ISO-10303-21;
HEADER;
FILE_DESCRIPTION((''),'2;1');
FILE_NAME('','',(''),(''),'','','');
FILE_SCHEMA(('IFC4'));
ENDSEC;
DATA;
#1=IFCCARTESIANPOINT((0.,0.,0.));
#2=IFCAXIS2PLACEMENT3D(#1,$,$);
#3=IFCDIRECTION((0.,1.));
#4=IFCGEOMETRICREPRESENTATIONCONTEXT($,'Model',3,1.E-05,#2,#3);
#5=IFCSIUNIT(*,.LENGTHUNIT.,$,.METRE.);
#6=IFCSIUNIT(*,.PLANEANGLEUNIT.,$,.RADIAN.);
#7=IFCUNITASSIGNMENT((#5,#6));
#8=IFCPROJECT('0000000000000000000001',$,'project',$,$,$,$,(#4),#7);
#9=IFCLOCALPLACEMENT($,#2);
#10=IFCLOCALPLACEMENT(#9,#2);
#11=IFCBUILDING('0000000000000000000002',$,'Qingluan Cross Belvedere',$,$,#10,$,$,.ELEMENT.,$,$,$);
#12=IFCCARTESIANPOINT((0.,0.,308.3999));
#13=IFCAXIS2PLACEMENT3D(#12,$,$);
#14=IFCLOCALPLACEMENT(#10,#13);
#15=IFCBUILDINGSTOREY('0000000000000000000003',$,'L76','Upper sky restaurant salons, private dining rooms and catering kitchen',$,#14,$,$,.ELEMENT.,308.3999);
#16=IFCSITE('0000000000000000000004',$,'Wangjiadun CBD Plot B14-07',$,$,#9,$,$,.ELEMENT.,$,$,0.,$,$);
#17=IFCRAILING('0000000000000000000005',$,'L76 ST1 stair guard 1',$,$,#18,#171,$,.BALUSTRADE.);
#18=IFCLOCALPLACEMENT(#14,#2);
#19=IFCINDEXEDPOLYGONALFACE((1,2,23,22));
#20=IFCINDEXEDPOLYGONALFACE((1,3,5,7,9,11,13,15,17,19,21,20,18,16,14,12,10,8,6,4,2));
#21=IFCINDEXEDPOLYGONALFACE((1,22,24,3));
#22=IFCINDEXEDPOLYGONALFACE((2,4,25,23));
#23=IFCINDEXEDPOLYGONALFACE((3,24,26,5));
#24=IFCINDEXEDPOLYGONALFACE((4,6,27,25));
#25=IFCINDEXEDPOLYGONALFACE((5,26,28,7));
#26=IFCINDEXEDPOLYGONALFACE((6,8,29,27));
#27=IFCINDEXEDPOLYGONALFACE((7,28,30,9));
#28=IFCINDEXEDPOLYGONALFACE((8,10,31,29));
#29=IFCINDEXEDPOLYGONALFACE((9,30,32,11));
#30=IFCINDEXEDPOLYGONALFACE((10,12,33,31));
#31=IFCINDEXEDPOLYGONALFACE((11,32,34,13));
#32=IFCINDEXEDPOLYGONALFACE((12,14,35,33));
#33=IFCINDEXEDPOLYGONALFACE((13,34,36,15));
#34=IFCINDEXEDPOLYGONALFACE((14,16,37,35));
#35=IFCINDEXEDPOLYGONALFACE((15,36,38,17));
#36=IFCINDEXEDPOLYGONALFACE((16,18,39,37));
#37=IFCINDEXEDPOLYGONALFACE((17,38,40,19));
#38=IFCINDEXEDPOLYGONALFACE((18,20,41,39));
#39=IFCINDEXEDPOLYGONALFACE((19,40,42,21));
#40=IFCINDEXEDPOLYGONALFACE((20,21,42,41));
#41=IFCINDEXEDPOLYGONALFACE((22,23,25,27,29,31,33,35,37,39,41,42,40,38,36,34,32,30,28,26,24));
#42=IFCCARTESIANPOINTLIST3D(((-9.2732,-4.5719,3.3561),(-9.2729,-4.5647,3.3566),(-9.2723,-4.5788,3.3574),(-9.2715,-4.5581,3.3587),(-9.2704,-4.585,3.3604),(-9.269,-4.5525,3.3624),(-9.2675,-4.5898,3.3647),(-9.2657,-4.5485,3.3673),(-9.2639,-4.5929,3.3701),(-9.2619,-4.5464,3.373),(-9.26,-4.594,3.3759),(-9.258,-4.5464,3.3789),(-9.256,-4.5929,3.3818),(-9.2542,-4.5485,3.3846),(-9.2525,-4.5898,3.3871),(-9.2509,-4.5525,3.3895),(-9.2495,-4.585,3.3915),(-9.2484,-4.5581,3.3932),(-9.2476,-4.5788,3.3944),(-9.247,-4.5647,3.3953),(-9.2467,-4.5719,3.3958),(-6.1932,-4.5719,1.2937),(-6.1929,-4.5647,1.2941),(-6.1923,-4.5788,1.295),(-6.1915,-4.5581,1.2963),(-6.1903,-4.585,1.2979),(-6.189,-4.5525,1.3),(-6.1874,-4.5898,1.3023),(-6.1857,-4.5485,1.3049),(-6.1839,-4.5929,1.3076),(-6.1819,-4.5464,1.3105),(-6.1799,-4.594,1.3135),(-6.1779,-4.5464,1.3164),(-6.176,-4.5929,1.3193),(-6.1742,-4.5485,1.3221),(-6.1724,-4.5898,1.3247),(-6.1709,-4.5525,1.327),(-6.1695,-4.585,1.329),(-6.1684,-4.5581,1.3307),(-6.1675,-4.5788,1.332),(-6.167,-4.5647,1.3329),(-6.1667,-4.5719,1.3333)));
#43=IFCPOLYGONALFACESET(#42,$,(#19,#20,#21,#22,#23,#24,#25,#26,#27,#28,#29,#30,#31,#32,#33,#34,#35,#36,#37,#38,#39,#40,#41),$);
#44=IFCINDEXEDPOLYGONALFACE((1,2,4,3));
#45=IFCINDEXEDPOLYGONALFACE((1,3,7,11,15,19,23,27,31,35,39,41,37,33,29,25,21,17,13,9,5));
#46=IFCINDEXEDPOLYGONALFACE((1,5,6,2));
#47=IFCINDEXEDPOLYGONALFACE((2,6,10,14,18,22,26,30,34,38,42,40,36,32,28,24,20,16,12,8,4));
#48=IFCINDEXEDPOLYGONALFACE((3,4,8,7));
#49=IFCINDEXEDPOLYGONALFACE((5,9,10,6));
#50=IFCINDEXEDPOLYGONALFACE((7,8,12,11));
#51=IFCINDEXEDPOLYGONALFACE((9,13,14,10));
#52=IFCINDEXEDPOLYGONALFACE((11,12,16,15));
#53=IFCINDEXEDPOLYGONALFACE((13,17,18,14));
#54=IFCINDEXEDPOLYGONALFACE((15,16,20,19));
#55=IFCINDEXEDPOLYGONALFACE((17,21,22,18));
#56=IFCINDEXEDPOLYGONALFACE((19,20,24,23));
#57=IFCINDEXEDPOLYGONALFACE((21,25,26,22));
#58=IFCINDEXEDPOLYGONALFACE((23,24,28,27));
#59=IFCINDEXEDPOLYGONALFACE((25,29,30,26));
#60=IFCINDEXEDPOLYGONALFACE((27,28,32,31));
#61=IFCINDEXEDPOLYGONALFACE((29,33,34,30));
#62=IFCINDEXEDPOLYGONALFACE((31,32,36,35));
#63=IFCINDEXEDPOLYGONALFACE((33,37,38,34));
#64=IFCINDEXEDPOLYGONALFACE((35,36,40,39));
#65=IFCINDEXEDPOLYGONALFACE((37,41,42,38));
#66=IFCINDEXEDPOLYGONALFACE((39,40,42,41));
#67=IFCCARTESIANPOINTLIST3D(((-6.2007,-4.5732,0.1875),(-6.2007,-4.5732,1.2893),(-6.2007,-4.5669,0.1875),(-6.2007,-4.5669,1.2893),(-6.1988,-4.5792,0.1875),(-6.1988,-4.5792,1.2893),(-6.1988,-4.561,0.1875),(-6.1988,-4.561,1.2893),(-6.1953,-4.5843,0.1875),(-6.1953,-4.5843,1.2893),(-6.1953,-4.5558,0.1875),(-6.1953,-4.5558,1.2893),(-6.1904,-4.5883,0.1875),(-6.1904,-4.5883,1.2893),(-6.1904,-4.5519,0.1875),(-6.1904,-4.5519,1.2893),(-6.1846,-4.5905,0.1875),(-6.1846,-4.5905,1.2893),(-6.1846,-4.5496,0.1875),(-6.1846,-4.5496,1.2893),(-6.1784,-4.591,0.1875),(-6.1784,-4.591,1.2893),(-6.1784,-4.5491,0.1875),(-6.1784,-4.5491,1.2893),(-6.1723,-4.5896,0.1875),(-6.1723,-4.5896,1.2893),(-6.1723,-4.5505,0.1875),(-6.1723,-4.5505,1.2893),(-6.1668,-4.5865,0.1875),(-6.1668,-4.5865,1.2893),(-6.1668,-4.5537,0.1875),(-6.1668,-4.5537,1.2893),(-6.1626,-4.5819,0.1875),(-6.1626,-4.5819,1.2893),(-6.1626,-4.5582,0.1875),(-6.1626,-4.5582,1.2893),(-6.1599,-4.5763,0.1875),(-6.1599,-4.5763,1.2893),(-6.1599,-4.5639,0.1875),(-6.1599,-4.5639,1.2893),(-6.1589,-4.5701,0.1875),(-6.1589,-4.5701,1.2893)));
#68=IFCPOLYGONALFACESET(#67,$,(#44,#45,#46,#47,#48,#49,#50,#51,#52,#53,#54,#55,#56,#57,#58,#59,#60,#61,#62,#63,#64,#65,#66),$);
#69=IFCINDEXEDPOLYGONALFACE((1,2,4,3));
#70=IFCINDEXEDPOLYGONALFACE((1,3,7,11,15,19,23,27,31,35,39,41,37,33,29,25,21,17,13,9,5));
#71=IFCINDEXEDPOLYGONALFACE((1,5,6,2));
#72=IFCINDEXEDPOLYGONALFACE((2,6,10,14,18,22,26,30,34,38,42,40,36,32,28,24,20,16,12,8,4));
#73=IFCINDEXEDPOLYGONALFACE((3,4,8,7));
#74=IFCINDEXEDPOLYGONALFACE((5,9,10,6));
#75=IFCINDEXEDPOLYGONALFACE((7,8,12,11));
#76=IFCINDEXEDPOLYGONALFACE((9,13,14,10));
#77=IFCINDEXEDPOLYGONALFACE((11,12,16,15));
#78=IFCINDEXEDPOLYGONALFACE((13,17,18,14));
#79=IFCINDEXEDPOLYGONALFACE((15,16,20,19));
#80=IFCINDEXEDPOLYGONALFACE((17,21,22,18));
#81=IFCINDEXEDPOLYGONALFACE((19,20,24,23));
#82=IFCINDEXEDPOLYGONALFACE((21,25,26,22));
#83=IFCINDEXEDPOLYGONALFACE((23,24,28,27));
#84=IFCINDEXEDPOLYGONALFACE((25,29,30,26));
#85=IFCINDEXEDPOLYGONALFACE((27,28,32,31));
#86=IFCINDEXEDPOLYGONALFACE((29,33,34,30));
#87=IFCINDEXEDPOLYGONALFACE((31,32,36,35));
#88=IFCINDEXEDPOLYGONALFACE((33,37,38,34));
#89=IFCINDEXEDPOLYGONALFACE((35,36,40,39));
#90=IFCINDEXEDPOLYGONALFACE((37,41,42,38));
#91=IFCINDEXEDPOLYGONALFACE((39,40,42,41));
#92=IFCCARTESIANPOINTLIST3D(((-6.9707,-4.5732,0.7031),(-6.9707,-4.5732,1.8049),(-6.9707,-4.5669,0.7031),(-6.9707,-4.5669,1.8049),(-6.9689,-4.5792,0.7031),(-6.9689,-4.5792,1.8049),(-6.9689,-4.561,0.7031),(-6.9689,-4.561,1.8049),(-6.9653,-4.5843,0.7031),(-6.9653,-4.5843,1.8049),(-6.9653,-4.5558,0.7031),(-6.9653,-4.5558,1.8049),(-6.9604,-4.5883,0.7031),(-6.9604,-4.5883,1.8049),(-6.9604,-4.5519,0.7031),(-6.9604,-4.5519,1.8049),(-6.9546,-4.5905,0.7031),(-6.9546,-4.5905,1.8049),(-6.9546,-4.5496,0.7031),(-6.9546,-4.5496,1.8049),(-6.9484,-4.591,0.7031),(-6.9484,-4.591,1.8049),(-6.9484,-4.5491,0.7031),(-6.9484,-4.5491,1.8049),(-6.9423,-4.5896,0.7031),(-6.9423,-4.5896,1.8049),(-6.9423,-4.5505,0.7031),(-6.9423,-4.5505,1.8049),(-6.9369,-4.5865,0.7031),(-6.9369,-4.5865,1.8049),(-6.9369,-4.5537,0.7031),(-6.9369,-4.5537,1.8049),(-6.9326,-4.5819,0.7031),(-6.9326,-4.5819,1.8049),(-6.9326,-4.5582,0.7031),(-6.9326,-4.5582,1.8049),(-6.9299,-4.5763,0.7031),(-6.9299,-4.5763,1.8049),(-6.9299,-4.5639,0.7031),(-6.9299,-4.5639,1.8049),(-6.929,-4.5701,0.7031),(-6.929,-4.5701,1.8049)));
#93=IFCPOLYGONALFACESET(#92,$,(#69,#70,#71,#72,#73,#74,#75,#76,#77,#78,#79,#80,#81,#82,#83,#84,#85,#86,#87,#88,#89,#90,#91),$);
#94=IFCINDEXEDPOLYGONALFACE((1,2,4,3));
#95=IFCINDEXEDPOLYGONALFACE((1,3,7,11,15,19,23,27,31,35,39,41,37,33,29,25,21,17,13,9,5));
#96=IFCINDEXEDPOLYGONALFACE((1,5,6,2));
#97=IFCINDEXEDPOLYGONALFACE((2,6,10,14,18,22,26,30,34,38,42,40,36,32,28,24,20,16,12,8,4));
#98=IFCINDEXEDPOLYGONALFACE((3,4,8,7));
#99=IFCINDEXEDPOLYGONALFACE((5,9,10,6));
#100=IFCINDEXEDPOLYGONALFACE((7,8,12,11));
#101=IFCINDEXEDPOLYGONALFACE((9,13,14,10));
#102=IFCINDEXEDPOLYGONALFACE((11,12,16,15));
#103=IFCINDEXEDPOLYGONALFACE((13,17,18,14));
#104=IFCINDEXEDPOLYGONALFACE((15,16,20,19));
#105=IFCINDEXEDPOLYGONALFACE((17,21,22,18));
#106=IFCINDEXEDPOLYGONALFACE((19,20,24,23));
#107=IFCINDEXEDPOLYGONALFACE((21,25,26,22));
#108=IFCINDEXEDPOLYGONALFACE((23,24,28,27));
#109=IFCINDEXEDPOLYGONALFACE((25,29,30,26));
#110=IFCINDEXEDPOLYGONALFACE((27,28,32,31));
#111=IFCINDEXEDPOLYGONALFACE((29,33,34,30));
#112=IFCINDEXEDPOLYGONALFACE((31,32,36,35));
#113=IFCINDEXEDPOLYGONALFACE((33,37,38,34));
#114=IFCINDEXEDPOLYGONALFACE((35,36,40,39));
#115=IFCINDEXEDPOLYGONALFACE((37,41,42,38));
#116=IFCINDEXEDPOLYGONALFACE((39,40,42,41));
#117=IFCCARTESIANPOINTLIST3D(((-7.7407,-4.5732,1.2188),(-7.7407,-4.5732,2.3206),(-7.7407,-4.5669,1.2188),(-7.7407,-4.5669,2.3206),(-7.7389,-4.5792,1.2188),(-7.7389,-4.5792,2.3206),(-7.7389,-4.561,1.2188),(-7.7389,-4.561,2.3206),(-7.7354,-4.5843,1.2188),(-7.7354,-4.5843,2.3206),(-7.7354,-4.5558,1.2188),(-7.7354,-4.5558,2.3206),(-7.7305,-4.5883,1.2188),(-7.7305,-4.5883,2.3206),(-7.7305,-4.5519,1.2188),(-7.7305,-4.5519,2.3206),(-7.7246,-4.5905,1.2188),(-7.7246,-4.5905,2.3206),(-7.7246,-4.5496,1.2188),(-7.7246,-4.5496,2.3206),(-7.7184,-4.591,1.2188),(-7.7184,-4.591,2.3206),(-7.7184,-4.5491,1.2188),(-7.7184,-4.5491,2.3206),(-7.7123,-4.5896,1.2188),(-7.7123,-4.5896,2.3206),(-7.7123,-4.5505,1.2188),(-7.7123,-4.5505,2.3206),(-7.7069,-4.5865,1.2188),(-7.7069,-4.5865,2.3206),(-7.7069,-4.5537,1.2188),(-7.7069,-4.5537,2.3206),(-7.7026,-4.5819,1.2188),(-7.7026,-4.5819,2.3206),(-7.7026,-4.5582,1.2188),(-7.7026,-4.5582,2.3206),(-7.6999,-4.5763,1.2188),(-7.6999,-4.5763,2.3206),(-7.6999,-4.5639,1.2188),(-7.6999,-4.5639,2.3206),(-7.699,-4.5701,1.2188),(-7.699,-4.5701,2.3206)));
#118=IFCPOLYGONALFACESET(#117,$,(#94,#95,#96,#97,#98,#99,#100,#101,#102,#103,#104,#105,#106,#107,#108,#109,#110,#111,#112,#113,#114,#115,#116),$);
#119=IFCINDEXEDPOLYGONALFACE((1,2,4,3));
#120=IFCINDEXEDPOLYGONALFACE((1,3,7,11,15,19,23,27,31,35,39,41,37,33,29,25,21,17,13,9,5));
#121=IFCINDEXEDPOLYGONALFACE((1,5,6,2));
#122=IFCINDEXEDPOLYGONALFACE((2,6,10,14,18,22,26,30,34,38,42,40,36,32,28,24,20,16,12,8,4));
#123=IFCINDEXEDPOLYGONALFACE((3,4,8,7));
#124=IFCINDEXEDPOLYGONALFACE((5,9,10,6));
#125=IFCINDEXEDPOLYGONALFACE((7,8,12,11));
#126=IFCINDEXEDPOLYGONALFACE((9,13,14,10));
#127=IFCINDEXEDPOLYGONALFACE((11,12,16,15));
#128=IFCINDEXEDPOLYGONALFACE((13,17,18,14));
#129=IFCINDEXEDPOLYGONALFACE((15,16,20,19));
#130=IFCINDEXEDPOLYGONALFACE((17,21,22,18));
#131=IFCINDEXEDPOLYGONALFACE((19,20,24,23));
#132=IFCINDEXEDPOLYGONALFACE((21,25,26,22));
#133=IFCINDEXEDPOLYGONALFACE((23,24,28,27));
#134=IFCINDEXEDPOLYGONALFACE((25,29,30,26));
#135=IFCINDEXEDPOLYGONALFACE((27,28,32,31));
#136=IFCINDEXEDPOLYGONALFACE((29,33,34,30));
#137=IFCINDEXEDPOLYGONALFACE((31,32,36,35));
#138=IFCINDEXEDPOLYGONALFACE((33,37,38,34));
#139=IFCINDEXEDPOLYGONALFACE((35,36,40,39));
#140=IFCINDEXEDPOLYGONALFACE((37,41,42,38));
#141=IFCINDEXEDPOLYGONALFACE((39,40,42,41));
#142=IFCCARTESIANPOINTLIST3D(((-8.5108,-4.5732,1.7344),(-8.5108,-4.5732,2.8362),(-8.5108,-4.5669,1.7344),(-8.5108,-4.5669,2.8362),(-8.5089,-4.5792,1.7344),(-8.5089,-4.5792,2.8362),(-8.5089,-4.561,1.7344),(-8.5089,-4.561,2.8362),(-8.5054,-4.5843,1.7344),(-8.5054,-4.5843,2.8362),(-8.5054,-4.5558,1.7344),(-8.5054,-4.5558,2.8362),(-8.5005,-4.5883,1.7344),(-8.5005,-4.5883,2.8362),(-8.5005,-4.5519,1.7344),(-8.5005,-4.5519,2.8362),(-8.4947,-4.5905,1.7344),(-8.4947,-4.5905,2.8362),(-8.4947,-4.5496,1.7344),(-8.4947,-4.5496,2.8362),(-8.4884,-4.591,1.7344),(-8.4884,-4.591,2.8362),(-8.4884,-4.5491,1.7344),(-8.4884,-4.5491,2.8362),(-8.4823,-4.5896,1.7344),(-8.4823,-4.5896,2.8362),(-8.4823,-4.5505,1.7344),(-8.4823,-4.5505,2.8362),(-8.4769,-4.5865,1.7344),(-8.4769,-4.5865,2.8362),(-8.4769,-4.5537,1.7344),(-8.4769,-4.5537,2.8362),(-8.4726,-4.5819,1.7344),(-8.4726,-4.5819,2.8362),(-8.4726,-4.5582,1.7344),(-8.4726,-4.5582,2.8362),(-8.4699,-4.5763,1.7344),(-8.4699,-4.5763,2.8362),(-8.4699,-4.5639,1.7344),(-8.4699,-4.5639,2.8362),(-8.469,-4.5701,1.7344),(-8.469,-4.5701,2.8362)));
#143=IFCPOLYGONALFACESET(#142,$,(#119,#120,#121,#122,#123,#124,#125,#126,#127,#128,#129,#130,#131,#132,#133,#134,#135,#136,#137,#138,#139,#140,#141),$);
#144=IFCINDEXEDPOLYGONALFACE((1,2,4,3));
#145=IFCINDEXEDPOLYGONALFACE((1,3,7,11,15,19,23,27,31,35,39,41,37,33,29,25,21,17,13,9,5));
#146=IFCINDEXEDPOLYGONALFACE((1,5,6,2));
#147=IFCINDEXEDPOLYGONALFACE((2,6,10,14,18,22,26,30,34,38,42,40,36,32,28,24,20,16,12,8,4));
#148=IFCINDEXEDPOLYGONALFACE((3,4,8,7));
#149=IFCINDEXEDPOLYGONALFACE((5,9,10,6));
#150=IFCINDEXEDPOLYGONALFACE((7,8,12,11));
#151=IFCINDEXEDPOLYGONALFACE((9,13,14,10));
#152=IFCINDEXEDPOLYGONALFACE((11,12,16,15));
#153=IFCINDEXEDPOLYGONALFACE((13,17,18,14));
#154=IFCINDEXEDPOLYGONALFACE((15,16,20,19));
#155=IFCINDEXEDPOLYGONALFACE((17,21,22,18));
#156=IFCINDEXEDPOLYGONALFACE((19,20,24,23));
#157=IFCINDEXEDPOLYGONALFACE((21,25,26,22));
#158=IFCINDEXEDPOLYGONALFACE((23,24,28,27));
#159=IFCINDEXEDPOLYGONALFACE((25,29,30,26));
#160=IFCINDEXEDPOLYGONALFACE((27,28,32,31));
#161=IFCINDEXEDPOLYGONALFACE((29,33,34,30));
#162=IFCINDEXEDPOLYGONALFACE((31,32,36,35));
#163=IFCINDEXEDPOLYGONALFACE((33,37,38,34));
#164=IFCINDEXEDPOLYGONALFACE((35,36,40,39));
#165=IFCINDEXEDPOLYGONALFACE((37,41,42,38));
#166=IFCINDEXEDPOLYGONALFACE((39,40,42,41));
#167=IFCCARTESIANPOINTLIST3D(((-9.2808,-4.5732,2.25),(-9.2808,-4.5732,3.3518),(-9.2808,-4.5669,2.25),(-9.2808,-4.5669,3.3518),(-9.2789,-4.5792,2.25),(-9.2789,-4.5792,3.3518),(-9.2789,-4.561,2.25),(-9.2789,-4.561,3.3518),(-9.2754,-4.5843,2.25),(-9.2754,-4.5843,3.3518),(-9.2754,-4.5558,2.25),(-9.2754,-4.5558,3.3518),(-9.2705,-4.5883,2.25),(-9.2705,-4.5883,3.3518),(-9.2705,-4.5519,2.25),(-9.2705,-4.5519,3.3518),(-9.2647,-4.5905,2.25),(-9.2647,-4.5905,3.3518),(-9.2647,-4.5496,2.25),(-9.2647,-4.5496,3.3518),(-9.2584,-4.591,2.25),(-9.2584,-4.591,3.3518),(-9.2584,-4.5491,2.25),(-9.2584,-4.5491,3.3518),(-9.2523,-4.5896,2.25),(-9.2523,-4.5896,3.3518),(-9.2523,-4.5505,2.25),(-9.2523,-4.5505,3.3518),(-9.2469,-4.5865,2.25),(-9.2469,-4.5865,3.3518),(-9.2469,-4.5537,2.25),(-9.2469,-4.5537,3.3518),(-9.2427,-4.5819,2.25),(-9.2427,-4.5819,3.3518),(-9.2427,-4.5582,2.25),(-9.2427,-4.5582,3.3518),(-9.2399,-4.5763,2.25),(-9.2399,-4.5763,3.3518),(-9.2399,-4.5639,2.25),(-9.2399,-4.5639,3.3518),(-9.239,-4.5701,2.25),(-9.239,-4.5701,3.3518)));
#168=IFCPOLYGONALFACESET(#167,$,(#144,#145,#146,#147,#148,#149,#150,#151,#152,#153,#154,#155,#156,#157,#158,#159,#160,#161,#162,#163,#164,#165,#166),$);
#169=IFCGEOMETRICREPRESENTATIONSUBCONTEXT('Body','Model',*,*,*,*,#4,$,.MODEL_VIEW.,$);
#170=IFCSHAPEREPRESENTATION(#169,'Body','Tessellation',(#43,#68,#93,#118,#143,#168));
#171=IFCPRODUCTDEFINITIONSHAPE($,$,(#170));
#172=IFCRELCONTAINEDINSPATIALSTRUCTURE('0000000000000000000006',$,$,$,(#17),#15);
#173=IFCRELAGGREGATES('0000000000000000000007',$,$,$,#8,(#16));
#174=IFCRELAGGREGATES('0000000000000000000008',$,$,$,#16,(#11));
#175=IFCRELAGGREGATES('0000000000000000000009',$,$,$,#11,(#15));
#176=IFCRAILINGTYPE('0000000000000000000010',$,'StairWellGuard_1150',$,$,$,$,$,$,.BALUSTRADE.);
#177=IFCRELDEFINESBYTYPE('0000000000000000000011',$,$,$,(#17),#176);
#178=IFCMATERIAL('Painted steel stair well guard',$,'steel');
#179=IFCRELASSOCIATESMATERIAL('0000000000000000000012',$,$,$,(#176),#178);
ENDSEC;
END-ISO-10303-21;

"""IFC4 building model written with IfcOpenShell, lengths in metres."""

from ifc_helpers import new_model, si_unit, direction, frame, origin, origin_2d, place, context, subcontext, project, spatial, circle, extrude, material, type_object, element, save


model = new_model("IFC4")

# Units and contexts
model_context = context("Model", 3, precision=1e-05, world=origin(), true_north=direction((0.0, 1.0)))
body_context = subcontext(model_context, "Body", "Model", "MODEL_VIEW")
ifc_project = project(units=[si_unit("LENGTHUNIT", "METRE"), si_unit("PLANEANGLEUNIT", "RADIAN")], contexts=[model_context])

# Site, building, storey
site_placement = place(None, origin())
site = spatial("IfcSite", under=ifc_project, at=site_placement, Name="Wangjiadun CBD Plot B14-07", CompositionType="ELEMENT", RefElevation=0.0)
building_placement = place(site_placement, origin())
building = spatial("IfcBuilding", under=site, at=building_placement, Name="Qingluan Cross Belvedere", CompositionType="ELEMENT")
storey_placement = place(building_placement, frame((0.0, 0.0, 308.3999)))
storey = spatial("IfcBuildingStorey", under=building, at=storey_placement, Name="L76", Description="Upper sky restaurant salons, private dining rooms and catering kitchen", CompositionType="ELEMENT", Elevation=308.3999)

# Railing
ifc_material_1 = material(Name="Painted steel stair well guard", Category="steel")
railing_type_1 = type_object("IfcRailingType", Name="StairWellGuard_1150", PredefinedType="BALUSTRADE", material=ifc_material_1)
railing_1_placement = place(storey_placement, frame((-6.1799, -4.5701, 0.1875)))
element("IfcRailing", 1, at=railing_1_placement, inside=storey, type_object=railing_type_1, Name="L76 ST1 stair guard 1", PredefinedType="BALUSTRADE", context=body_context, shape_type="SweptSolid", body=[
    extrude(circle(Radius=0.0239, at=origin_2d()), frame((0.0, 0.0, 1.126), z_axis=(-0.830914, 0.0, 0.556401), x_axis=(0.0, -1.0, 0.0)), (0.0, 0.0, 1.0), 3.7068),
    extrude(circle(Radius=0.021, at=origin_2d()), origin(), (0.0, 0.0, 1.0), 1.1018),
    extrude(circle(Radius=0.021, at=origin_2d()), frame((-0.77, 0.0, 0.5156)), (0.0, 0.0, 1.0), 1.1018),
    extrude(circle(Radius=0.021, at=origin_2d()), frame((-1.54, 0.0, 1.0312)), (0.0, 0.0, 1.0), 1.1018),
    extrude(circle(Radius=0.021, at=origin_2d()), frame((-2.3101, 0.0, 1.5469)), (0.0, 0.0, 1.0), 1.1018),
    extrude(circle(Radius=0.021, at=origin_2d()), frame((-3.0801, 0.0, 2.0625)), (0.0, 0.0, 1.0), 1.1018),
])

save(model, "model.ifc")
